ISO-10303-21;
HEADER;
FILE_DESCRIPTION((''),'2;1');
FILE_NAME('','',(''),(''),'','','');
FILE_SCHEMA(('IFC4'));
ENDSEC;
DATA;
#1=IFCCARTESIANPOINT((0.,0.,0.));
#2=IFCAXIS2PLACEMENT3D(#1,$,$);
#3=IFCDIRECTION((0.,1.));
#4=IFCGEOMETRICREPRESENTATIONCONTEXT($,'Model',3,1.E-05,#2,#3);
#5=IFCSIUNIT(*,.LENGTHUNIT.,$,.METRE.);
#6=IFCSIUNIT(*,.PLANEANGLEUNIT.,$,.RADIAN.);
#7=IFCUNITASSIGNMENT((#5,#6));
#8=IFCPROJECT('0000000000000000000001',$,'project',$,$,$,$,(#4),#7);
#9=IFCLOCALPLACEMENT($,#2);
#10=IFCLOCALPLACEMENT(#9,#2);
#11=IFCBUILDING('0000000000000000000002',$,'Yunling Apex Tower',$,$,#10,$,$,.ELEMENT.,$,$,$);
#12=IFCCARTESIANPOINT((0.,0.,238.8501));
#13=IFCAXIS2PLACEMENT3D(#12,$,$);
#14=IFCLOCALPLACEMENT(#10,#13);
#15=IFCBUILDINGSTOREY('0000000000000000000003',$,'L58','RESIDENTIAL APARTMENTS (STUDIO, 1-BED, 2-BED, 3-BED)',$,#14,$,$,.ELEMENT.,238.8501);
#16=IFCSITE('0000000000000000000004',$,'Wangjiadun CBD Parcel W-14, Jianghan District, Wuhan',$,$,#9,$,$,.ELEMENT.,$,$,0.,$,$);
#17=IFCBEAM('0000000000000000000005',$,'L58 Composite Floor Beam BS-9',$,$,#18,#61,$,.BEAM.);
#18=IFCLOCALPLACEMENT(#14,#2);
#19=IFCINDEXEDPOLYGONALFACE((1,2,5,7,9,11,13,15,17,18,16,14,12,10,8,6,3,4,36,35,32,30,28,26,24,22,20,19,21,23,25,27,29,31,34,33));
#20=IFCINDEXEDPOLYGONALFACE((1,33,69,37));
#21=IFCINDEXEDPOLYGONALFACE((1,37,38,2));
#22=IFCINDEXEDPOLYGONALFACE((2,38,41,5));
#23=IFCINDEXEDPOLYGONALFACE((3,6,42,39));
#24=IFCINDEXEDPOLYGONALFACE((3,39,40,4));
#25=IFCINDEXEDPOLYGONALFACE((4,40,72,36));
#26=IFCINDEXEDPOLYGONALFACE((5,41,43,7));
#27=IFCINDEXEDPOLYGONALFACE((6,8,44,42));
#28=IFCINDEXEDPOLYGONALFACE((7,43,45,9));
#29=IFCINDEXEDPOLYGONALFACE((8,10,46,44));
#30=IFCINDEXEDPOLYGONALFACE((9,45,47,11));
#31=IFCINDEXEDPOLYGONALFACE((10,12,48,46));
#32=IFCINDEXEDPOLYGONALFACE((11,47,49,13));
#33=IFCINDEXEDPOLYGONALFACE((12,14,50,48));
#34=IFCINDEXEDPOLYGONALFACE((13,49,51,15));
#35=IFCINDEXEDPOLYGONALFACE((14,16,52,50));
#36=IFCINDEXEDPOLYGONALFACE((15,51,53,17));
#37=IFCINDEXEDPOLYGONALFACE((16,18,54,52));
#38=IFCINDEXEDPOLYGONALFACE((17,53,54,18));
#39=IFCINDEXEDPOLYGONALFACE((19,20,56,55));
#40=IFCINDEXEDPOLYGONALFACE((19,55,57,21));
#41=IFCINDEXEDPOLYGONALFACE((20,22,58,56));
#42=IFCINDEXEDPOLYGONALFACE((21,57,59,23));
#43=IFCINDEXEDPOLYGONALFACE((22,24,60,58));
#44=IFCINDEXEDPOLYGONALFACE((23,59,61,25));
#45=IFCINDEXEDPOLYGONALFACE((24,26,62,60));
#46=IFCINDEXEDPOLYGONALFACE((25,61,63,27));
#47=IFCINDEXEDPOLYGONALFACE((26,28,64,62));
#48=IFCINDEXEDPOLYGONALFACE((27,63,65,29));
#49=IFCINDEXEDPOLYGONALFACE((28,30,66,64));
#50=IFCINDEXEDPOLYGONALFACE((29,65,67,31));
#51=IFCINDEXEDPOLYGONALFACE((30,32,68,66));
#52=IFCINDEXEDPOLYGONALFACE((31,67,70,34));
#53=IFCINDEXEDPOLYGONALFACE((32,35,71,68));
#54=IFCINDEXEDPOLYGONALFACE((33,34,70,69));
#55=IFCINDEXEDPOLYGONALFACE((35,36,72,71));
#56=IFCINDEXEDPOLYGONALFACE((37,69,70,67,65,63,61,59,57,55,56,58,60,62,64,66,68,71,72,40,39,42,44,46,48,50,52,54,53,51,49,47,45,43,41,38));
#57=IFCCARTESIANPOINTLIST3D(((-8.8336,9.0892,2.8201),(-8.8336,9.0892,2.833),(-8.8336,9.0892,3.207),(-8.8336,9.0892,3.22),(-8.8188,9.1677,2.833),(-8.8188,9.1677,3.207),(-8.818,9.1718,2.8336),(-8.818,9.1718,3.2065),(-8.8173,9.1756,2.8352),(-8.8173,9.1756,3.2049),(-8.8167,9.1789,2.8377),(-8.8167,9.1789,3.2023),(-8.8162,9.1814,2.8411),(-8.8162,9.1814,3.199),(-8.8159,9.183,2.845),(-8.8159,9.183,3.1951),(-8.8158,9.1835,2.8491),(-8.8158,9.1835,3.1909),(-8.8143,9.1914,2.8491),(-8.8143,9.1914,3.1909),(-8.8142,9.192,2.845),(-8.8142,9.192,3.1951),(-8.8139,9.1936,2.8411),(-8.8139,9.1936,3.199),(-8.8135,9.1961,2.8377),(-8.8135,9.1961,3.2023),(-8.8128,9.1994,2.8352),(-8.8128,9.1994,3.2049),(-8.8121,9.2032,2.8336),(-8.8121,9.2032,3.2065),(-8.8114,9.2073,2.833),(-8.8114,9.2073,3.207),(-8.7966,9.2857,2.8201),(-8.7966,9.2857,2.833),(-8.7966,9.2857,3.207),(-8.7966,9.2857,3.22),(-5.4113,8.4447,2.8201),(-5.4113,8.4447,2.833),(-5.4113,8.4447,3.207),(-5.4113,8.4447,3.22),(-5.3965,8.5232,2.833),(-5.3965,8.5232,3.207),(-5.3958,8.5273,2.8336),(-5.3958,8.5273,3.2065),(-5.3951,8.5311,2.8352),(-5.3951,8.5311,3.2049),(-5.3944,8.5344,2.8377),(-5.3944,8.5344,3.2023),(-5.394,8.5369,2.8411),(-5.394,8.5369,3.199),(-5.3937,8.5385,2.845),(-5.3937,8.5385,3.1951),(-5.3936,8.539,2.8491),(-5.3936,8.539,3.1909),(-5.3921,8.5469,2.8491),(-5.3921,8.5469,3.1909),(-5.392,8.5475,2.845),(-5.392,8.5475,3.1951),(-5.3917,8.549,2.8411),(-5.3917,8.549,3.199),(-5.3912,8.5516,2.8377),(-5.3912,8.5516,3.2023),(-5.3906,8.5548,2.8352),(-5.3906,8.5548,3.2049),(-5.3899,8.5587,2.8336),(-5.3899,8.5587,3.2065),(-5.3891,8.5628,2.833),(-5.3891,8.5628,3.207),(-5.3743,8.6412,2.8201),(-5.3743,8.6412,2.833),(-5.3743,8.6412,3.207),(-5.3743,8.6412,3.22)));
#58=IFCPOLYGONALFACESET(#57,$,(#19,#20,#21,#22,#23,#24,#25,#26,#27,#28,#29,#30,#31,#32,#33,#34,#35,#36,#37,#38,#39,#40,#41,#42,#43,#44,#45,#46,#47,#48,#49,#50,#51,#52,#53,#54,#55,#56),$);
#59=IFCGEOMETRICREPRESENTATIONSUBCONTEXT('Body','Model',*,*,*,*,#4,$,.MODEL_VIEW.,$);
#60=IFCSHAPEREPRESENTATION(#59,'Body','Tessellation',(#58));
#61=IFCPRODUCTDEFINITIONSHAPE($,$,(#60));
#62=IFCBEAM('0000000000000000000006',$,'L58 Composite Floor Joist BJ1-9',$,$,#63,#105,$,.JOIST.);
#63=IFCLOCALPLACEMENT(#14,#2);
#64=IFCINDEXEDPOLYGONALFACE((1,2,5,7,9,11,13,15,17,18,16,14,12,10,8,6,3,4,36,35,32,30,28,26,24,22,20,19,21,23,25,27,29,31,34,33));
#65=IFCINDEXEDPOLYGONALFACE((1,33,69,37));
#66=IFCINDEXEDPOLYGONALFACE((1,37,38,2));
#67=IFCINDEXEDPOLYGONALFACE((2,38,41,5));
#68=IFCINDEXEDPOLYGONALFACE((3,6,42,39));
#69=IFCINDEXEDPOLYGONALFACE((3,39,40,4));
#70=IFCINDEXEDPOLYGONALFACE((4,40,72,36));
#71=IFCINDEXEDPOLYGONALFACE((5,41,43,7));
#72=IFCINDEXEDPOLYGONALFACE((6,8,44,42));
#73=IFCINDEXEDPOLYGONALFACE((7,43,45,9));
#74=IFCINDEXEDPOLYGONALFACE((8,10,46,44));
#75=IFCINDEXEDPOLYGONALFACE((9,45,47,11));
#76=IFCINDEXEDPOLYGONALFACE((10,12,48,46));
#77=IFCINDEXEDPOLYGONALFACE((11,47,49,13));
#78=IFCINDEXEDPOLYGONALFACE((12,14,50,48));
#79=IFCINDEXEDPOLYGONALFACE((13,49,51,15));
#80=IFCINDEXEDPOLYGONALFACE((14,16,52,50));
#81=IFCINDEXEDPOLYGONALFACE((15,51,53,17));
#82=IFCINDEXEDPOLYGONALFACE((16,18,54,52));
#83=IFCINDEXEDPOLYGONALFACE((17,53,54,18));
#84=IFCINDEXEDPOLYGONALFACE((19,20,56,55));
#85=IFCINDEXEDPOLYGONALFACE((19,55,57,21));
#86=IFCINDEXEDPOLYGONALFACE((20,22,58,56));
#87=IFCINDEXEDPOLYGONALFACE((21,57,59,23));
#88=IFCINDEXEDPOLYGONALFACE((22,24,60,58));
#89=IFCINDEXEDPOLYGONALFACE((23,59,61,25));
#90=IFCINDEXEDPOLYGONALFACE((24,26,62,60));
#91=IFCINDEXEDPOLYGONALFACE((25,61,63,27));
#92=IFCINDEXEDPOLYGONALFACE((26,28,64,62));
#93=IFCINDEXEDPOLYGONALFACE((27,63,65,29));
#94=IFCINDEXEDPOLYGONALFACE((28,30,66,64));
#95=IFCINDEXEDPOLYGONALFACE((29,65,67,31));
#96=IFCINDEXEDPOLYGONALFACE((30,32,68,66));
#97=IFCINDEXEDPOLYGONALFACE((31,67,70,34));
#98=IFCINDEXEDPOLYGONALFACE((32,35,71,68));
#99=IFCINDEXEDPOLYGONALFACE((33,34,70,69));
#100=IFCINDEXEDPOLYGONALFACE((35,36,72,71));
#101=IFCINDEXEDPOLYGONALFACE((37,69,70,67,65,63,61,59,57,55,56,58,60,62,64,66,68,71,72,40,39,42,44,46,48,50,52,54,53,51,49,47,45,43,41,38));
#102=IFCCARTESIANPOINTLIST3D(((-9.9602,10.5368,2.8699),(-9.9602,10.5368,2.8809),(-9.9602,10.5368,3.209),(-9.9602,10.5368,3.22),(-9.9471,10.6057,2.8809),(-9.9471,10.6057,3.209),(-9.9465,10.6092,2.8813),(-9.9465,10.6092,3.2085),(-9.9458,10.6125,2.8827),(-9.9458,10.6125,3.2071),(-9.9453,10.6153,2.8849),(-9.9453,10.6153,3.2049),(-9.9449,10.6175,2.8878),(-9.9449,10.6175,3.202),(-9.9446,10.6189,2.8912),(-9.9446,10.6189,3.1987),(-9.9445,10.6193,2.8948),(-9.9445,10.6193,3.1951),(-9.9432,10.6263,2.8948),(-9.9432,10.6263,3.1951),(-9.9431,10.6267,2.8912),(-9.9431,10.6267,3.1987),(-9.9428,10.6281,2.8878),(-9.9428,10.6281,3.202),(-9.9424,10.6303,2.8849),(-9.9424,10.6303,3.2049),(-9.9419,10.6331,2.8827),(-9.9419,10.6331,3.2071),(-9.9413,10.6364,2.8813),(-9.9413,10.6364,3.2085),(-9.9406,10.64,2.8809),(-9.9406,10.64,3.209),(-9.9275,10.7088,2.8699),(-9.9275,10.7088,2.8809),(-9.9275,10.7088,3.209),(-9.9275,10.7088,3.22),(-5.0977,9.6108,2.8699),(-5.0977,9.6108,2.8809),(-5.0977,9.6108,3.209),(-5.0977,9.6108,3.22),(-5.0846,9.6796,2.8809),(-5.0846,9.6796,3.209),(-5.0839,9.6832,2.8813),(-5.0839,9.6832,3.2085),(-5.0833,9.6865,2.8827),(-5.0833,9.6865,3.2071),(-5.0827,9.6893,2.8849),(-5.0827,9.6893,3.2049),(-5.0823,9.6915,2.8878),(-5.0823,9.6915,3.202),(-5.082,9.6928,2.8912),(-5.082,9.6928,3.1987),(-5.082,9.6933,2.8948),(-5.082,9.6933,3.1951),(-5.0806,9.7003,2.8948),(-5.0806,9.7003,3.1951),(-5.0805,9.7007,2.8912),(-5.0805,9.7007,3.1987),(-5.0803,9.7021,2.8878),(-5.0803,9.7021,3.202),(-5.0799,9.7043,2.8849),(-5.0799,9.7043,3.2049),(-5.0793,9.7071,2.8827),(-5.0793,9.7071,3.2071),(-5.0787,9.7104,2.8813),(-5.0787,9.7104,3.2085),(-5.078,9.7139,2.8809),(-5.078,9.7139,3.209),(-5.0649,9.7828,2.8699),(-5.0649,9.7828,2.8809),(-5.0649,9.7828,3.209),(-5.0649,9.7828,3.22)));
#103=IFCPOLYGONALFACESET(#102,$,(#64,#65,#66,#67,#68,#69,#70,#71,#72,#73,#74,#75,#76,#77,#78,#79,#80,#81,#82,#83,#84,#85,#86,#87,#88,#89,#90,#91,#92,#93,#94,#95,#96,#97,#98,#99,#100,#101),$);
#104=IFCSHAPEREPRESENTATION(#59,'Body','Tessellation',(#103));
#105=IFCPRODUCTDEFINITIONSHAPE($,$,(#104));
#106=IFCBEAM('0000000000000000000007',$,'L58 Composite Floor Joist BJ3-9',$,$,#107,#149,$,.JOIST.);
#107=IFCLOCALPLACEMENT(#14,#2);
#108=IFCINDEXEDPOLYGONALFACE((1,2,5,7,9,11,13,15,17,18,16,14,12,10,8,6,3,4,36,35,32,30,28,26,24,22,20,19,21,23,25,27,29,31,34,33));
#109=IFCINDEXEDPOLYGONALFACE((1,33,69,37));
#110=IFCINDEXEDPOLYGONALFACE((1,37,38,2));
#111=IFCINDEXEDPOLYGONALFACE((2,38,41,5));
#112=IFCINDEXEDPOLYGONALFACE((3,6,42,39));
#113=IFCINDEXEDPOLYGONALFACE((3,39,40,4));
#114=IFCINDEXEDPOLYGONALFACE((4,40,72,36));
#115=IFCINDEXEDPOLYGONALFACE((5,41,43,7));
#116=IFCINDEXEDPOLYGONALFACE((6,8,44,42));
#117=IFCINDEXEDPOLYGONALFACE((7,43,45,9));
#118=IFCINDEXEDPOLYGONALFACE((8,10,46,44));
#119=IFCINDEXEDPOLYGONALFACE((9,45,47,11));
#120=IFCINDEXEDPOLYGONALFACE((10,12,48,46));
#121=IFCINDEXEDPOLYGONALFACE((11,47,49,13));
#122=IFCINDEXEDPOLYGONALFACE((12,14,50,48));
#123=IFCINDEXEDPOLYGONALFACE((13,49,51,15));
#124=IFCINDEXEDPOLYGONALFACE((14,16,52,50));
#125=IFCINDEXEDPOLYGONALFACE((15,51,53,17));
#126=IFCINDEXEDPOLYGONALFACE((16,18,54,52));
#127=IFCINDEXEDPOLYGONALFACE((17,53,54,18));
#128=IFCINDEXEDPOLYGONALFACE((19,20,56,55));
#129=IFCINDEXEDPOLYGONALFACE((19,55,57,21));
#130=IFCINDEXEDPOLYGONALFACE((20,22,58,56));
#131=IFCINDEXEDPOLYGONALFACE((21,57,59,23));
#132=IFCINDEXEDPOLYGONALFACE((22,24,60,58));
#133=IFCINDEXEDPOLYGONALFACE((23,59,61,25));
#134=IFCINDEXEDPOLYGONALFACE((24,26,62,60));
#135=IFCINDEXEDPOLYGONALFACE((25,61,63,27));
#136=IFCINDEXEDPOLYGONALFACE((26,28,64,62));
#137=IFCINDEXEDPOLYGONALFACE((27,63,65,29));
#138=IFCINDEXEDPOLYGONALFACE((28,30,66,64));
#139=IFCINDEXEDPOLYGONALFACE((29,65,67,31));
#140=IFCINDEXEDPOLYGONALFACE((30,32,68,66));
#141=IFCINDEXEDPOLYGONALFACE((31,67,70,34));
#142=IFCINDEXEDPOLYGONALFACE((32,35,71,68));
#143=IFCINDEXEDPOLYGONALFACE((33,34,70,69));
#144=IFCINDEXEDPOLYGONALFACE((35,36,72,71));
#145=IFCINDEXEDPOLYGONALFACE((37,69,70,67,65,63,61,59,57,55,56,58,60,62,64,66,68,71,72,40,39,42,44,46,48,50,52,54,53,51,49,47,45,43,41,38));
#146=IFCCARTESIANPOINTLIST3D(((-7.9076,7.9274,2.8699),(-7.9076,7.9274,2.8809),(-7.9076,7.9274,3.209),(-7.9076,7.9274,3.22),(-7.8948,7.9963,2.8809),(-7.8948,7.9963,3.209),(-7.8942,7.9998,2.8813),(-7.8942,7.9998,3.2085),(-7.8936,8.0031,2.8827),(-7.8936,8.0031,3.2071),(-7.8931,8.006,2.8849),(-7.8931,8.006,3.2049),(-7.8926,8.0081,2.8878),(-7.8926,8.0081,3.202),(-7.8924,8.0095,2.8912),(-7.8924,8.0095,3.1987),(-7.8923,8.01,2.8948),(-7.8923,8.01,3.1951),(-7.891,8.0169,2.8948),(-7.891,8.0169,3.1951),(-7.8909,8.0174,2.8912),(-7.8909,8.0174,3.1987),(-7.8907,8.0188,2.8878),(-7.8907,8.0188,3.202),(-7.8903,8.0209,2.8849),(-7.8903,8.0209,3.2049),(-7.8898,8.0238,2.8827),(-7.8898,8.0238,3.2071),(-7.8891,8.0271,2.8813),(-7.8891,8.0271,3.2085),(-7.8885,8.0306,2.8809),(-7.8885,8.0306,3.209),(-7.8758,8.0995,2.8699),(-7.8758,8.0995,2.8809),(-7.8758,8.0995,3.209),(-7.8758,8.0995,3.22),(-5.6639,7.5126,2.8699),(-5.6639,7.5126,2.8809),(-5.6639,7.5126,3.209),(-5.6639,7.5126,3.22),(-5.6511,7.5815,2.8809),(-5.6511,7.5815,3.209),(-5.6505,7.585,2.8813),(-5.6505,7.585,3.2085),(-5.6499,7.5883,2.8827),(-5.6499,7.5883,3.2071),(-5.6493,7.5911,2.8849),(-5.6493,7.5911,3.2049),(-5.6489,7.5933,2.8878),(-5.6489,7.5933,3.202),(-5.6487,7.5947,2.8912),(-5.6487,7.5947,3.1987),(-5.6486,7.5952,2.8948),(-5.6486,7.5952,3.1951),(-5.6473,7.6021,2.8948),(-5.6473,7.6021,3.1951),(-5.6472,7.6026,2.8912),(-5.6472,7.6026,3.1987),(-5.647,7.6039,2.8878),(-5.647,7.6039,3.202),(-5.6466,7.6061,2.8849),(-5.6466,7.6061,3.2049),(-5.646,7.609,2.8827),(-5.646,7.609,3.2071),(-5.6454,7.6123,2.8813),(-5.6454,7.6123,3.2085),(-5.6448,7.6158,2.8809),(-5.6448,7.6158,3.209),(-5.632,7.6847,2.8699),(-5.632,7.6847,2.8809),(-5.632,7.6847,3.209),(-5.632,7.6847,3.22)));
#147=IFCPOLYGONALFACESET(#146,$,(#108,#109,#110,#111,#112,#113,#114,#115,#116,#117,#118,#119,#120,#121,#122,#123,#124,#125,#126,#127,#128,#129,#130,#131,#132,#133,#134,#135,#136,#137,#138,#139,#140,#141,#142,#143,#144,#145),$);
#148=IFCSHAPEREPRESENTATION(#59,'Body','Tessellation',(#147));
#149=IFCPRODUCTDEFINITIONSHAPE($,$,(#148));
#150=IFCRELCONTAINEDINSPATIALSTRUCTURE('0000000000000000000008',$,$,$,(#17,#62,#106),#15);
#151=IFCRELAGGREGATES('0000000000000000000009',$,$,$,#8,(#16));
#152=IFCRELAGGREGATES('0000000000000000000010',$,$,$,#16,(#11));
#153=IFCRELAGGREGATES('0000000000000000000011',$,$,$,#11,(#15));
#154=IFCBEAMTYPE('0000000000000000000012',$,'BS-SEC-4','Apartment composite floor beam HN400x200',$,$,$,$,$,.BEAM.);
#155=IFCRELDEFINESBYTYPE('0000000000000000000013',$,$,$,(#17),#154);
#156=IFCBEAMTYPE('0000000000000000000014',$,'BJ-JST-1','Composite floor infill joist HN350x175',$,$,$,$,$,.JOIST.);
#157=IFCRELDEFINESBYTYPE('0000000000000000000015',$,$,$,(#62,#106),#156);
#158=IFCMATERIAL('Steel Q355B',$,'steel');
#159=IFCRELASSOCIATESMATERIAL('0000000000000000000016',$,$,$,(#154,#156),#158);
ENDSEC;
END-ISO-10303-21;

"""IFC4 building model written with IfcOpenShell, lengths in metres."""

from ifc_helpers import new_model, si_unit, direction, frame, origin, origin_2d, place, context, subcontext, project, spatial, i_section, extrude, source, transform, mapped, material, material_profile, profile_set, type_object, element, save


model = new_model("IFC4")

# Units and contexts
model_context = context("Model", 3, precision=1e-05, world=origin(), true_north=direction((0.0, 1.0)))
body_context = subcontext(model_context, "Body", "Model", "MODEL_VIEW")
ifc_project = project(units=[si_unit("LENGTHUNIT", "METRE"), si_unit("PLANEANGLEUNIT", "RADIAN")], contexts=[model_context])

# Site, building, storey
site_placement = place(None, origin())
site = spatial("IfcSite", under=ifc_project, at=site_placement, Name="Wangjiadun CBD Parcel W-14, Jianghan District, Wuhan", CompositionType="ELEMENT", RefElevation=0.0)
building_placement = place(site_placement, origin())
building = spatial("IfcBuilding", under=site, at=building_placement, Name="Yunling Apex Tower", CompositionType="ELEMENT")
storey_placement = place(building_placement, frame((0.0, 0.0, 238.8501)))
storey = spatial("IfcBuildingStorey", under=building, at=storey_placement, Name="L58", Description="RESIDENTIAL APARTMENTS (STUDIO, 1-BED, 2-BED, 3-BED)", CompositionType="ELEMENT", Elevation=238.8501)

# Beams
ifc_material_1 = material(Name="Steel Q355B", Category="steel")
ifc_material_profile_1 = material_profile(ifc_material_1, i_section(OverallWidth=0.2, OverallDepth=0.3999, WebThickness=0.0081, FlangeThickness=0.0129, FilletRadius=0.0161, at=origin_2d()))
ifc_profile_set_1 = profile_set([ifc_material_profile_1], Name="Steel Q355B")
beam_type_1 = type_object("IfcBeamType", Name="BS-SEC-4", Description="Apartment composite floor beam HN400x200", PredefinedType="BEAM", material=ifc_profile_set_1)
shared_shape_1 = source(origin(), body_context, "Body", "SweptSolid", [
    extrude(i_section(OverallWidth=0.2, OverallDepth=0.3999, WebThickness=0.0081, FlangeThickness=0.0129, FilletRadius=0.0161, at=origin_2d()), origin(), (0.0, 0.0, 1.0), 3.4824),
])
beam_1_placement = place(storey_placement, frame((-5.3928, 8.543, 3.02), z_axis=(-0.982724, 0.185076, 0.0), x_axis=(-0.185076, -0.982724, 0.0)))
element("IfcBeam", 1, at=beam_1_placement, inside=storey, type_object=beam_type_1, Name="L58 Composite Floor Beam BS-9", PredefinedType="BEAM", context=body_context, shape_type="MappedRepresentation", body=[
    mapped(shared_shape_1, transform((0.0, 0.0, 0.0), scale=1.0)),
])
ifc_material_profile_2 = material_profile(ifc_material_1, i_section(OverallWidth=0.175, OverallDepth=0.3501, WebThickness=0.0071, FlangeThickness=0.011, FilletRadius=0.0139, at=origin_2d()))
ifc_profile_set_2 = profile_set([ifc_material_profile_2], Name="Steel Q355B")
beam_type_2 = type_object("IfcBeamType", Name="BJ-JST-1", Description="Composite floor infill joist HN350x175", PredefinedType="JOIST", material=ifc_profile_set_2)
shared_shape_2 = source(origin(), body_context, "Body", "SweptSolid", [
    extrude(i_section(OverallWidth=0.175, OverallDepth=0.3501, WebThickness=0.0071, FlangeThickness=0.011, FilletRadius=0.0139, at=origin_2d()), origin(), (0.0, 0.0, 1.0), 4.95),
])
beam_2_placement = place(storey_placement, frame((-5.0813, 9.6968, 3.0449), z_axis=(-0.982345, 0.187078, 0.0), x_axis=(-0.187078, -0.982345, 0.0)))
element("IfcBeam", 2, at=beam_2_placement, inside=storey, type_object=beam_type_2, Name="L58 Composite Floor Joist BJ1-9", PredefinedType="JOIST", context=body_context, shape_type="MappedRepresentation", body=[
    mapped(shared_shape_2, transform((0.0, 0.0, 0.0), scale=1.0)),
])
shared_shape_3 = source(origin(), body_context, "Body", "SweptSolid", [
    extrude(i_section(OverallWidth=0.175, OverallDepth=0.3501, WebThickness=0.0071, FlangeThickness=0.011, FilletRadius=0.0139, at=origin_2d()), origin(), (0.0, 0.0, 1.0), 2.2817),
])
beam_3_placement = place(storey_placement, frame((-5.6479, 7.5986, 3.0449), z_axis=(-0.983337, 0.181794, 0.0), x_axis=(-0.181794, -0.983337, 0.0)))
element("IfcBeam", 3, at=beam_3_placement, inside=storey, type_object=beam_type_2, Name="L58 Composite Floor Joist BJ3-9", PredefinedType="JOIST", context=body_context, shape_type="MappedRepresentation", body=[
    mapped(shared_shape_3, transform((0.0, 0.0, 0.0), scale=1.0)),
])

save(model, "model.ifc")
